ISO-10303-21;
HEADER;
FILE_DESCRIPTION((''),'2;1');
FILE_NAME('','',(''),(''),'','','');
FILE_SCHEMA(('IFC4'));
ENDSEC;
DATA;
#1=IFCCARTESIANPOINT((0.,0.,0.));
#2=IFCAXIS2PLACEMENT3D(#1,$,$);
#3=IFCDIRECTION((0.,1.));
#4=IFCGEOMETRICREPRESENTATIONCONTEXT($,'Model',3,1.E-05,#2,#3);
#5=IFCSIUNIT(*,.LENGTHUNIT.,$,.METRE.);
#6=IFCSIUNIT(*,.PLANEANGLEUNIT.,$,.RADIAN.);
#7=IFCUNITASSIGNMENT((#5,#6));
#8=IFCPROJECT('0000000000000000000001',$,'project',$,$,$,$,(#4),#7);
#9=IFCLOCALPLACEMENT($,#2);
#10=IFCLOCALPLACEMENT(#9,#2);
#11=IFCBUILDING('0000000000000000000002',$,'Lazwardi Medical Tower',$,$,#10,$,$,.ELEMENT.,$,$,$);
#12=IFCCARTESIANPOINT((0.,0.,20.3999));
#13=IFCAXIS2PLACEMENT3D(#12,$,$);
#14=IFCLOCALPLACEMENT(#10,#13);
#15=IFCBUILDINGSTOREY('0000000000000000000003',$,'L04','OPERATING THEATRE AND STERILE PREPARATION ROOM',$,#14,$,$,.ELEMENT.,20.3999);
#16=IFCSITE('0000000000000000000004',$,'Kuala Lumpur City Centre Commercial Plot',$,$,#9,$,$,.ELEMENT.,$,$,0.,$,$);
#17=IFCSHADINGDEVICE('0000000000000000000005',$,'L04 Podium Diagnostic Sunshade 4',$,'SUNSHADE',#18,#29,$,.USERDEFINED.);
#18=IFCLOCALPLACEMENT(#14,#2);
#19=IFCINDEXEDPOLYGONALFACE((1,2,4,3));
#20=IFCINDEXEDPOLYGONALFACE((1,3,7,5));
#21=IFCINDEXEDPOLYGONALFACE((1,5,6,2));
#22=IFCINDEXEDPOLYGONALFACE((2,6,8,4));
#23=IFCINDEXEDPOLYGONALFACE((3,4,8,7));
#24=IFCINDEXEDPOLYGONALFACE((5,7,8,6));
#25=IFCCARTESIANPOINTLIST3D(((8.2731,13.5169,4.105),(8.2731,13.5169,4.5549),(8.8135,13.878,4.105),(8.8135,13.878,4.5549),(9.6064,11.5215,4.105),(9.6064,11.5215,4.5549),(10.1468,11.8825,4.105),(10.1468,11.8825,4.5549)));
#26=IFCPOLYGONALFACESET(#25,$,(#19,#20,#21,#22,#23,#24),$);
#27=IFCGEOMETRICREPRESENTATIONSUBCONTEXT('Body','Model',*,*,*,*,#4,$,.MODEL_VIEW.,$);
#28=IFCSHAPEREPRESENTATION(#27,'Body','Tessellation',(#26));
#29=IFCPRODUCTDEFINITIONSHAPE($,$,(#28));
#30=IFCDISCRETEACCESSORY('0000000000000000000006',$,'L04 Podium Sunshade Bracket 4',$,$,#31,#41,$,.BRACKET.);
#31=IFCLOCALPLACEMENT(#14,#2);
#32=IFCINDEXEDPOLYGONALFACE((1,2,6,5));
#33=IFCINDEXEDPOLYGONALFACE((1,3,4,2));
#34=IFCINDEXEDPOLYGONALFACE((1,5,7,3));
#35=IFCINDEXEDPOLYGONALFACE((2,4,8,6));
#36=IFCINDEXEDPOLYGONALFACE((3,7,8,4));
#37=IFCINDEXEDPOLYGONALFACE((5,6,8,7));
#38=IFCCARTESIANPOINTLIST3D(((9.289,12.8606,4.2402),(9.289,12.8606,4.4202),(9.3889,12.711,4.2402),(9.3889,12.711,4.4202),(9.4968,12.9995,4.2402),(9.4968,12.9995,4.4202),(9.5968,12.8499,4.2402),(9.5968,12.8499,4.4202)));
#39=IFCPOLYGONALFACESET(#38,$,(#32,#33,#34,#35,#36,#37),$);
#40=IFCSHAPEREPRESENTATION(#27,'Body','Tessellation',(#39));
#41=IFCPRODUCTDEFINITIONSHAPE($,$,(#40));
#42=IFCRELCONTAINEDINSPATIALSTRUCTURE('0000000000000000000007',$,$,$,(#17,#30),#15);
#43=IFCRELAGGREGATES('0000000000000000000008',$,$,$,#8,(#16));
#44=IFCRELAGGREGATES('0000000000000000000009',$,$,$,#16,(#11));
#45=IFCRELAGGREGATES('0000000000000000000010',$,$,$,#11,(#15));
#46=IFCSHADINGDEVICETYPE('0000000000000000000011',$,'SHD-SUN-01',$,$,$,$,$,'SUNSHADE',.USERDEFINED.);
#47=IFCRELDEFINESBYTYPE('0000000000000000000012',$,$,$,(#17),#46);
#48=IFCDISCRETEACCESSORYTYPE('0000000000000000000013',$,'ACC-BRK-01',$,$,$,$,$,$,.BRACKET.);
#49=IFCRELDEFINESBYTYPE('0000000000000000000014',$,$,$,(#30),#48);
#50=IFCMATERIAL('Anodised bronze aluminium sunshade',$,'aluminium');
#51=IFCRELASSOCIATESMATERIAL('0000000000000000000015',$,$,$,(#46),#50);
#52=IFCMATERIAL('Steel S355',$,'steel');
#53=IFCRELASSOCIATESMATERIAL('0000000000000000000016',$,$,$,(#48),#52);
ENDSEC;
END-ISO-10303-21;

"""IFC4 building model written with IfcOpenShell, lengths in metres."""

from ifc_helpers import new_model, si_unit, direction, frame, origin, origin_2d, place, context, subcontext, project, spatial, rectangle, extrude, material, type_object, element, save


model = new_model("IFC4")

# Units and contexts
model_context = context("Model", 3, precision=1e-05, world=origin(), true_north=direction((0.0, 1.0)))
body_context = subcontext(model_context, "Body", "Model", "MODEL_VIEW")
ifc_project = project(units=[si_unit("LENGTHUNIT", "METRE"), si_unit("PLANEANGLEUNIT", "RADIAN")], contexts=[model_context])

# Site, building, storey
site_placement = place(None, origin())
site = spatial("IfcSite", under=ifc_project, at=site_placement, Name="Kuala Lumpur City Centre Commercial Plot", CompositionType="ELEMENT", RefElevation=0.0)
building_placement = place(site_placement, origin())
building = spatial("IfcBuilding", under=site, at=building_placement, Name="Lazwardi Medical Tower", CompositionType="ELEMENT")
storey_placement = place(building_placement, frame((0.0, 0.0, 20.3999)))
storey = spatial("IfcBuildingStorey", under=building, at=storey_placement, Name="L04", Description="OPERATING THEATRE AND STERILE PREPARATION ROOM", CompositionType="ELEMENT", Elevation=20.3999)

# Shared definitions
ifc_material_1 = material(Name="Steel S355", Category="steel")

# Shading device
ifc_material_2 = material(Name="Anodised bronze aluminium sunshade", Category="aluminium")
shading_device_type = type_object("IfcShadingDeviceType", Name="SHD-SUN-01", ElementType="SUNSHADE", PredefinedType="USERDEFINED", material=ifc_material_2)
shading_device_placement = place(storey_placement, frame((9.21, 12.6997, 4.105), z_axis=(0.0, 0.0, 1.0), x_axis=(0.55557, -0.83147, 0.0)))
element("IfcShadingDevice", 1, at=shading_device_placement, inside=storey, type_object=shading_device_type, Name="L04 Podium Diagnostic Sunshade 4", ObjectType="SUNSHADE", PredefinedType="USERDEFINED", context=body_context, shape_type="SweptSolid", body=[
    extrude(rectangle(XDim=2.3999, YDim=0.6499, at=origin_2d()), origin(), (0.0, 0.0, 1.0), 0.45),
])

# Discrete accessory
discrete_accessory_type = type_object("IfcDiscreteAccessoryType", Name="ACC-BRK-01", PredefinedType="BRACKET", material=ifc_material_1)
discrete_accessory_placement = place(storey_placement, frame((9.4429, 12.8552, 4.2402), z_axis=(0.0, 0.0, 1.0), x_axis=(0.55557, -0.83147, 0.0)))
element("IfcDiscreteAccessory", 2, at=discrete_accessory_placement, inside=storey, type_object=discrete_accessory_type, Name="L04 Podium Sunshade Bracket 4", PredefinedType="BRACKET", context=body_context, shape_type="SweptSolid", body=[
    extrude(rectangle(XDim=0.1799, YDim=0.25, at=origin_2d()), origin(), (0.0, 0.0, 1.0), 0.1799),
])

save(model, "model.ifc")
